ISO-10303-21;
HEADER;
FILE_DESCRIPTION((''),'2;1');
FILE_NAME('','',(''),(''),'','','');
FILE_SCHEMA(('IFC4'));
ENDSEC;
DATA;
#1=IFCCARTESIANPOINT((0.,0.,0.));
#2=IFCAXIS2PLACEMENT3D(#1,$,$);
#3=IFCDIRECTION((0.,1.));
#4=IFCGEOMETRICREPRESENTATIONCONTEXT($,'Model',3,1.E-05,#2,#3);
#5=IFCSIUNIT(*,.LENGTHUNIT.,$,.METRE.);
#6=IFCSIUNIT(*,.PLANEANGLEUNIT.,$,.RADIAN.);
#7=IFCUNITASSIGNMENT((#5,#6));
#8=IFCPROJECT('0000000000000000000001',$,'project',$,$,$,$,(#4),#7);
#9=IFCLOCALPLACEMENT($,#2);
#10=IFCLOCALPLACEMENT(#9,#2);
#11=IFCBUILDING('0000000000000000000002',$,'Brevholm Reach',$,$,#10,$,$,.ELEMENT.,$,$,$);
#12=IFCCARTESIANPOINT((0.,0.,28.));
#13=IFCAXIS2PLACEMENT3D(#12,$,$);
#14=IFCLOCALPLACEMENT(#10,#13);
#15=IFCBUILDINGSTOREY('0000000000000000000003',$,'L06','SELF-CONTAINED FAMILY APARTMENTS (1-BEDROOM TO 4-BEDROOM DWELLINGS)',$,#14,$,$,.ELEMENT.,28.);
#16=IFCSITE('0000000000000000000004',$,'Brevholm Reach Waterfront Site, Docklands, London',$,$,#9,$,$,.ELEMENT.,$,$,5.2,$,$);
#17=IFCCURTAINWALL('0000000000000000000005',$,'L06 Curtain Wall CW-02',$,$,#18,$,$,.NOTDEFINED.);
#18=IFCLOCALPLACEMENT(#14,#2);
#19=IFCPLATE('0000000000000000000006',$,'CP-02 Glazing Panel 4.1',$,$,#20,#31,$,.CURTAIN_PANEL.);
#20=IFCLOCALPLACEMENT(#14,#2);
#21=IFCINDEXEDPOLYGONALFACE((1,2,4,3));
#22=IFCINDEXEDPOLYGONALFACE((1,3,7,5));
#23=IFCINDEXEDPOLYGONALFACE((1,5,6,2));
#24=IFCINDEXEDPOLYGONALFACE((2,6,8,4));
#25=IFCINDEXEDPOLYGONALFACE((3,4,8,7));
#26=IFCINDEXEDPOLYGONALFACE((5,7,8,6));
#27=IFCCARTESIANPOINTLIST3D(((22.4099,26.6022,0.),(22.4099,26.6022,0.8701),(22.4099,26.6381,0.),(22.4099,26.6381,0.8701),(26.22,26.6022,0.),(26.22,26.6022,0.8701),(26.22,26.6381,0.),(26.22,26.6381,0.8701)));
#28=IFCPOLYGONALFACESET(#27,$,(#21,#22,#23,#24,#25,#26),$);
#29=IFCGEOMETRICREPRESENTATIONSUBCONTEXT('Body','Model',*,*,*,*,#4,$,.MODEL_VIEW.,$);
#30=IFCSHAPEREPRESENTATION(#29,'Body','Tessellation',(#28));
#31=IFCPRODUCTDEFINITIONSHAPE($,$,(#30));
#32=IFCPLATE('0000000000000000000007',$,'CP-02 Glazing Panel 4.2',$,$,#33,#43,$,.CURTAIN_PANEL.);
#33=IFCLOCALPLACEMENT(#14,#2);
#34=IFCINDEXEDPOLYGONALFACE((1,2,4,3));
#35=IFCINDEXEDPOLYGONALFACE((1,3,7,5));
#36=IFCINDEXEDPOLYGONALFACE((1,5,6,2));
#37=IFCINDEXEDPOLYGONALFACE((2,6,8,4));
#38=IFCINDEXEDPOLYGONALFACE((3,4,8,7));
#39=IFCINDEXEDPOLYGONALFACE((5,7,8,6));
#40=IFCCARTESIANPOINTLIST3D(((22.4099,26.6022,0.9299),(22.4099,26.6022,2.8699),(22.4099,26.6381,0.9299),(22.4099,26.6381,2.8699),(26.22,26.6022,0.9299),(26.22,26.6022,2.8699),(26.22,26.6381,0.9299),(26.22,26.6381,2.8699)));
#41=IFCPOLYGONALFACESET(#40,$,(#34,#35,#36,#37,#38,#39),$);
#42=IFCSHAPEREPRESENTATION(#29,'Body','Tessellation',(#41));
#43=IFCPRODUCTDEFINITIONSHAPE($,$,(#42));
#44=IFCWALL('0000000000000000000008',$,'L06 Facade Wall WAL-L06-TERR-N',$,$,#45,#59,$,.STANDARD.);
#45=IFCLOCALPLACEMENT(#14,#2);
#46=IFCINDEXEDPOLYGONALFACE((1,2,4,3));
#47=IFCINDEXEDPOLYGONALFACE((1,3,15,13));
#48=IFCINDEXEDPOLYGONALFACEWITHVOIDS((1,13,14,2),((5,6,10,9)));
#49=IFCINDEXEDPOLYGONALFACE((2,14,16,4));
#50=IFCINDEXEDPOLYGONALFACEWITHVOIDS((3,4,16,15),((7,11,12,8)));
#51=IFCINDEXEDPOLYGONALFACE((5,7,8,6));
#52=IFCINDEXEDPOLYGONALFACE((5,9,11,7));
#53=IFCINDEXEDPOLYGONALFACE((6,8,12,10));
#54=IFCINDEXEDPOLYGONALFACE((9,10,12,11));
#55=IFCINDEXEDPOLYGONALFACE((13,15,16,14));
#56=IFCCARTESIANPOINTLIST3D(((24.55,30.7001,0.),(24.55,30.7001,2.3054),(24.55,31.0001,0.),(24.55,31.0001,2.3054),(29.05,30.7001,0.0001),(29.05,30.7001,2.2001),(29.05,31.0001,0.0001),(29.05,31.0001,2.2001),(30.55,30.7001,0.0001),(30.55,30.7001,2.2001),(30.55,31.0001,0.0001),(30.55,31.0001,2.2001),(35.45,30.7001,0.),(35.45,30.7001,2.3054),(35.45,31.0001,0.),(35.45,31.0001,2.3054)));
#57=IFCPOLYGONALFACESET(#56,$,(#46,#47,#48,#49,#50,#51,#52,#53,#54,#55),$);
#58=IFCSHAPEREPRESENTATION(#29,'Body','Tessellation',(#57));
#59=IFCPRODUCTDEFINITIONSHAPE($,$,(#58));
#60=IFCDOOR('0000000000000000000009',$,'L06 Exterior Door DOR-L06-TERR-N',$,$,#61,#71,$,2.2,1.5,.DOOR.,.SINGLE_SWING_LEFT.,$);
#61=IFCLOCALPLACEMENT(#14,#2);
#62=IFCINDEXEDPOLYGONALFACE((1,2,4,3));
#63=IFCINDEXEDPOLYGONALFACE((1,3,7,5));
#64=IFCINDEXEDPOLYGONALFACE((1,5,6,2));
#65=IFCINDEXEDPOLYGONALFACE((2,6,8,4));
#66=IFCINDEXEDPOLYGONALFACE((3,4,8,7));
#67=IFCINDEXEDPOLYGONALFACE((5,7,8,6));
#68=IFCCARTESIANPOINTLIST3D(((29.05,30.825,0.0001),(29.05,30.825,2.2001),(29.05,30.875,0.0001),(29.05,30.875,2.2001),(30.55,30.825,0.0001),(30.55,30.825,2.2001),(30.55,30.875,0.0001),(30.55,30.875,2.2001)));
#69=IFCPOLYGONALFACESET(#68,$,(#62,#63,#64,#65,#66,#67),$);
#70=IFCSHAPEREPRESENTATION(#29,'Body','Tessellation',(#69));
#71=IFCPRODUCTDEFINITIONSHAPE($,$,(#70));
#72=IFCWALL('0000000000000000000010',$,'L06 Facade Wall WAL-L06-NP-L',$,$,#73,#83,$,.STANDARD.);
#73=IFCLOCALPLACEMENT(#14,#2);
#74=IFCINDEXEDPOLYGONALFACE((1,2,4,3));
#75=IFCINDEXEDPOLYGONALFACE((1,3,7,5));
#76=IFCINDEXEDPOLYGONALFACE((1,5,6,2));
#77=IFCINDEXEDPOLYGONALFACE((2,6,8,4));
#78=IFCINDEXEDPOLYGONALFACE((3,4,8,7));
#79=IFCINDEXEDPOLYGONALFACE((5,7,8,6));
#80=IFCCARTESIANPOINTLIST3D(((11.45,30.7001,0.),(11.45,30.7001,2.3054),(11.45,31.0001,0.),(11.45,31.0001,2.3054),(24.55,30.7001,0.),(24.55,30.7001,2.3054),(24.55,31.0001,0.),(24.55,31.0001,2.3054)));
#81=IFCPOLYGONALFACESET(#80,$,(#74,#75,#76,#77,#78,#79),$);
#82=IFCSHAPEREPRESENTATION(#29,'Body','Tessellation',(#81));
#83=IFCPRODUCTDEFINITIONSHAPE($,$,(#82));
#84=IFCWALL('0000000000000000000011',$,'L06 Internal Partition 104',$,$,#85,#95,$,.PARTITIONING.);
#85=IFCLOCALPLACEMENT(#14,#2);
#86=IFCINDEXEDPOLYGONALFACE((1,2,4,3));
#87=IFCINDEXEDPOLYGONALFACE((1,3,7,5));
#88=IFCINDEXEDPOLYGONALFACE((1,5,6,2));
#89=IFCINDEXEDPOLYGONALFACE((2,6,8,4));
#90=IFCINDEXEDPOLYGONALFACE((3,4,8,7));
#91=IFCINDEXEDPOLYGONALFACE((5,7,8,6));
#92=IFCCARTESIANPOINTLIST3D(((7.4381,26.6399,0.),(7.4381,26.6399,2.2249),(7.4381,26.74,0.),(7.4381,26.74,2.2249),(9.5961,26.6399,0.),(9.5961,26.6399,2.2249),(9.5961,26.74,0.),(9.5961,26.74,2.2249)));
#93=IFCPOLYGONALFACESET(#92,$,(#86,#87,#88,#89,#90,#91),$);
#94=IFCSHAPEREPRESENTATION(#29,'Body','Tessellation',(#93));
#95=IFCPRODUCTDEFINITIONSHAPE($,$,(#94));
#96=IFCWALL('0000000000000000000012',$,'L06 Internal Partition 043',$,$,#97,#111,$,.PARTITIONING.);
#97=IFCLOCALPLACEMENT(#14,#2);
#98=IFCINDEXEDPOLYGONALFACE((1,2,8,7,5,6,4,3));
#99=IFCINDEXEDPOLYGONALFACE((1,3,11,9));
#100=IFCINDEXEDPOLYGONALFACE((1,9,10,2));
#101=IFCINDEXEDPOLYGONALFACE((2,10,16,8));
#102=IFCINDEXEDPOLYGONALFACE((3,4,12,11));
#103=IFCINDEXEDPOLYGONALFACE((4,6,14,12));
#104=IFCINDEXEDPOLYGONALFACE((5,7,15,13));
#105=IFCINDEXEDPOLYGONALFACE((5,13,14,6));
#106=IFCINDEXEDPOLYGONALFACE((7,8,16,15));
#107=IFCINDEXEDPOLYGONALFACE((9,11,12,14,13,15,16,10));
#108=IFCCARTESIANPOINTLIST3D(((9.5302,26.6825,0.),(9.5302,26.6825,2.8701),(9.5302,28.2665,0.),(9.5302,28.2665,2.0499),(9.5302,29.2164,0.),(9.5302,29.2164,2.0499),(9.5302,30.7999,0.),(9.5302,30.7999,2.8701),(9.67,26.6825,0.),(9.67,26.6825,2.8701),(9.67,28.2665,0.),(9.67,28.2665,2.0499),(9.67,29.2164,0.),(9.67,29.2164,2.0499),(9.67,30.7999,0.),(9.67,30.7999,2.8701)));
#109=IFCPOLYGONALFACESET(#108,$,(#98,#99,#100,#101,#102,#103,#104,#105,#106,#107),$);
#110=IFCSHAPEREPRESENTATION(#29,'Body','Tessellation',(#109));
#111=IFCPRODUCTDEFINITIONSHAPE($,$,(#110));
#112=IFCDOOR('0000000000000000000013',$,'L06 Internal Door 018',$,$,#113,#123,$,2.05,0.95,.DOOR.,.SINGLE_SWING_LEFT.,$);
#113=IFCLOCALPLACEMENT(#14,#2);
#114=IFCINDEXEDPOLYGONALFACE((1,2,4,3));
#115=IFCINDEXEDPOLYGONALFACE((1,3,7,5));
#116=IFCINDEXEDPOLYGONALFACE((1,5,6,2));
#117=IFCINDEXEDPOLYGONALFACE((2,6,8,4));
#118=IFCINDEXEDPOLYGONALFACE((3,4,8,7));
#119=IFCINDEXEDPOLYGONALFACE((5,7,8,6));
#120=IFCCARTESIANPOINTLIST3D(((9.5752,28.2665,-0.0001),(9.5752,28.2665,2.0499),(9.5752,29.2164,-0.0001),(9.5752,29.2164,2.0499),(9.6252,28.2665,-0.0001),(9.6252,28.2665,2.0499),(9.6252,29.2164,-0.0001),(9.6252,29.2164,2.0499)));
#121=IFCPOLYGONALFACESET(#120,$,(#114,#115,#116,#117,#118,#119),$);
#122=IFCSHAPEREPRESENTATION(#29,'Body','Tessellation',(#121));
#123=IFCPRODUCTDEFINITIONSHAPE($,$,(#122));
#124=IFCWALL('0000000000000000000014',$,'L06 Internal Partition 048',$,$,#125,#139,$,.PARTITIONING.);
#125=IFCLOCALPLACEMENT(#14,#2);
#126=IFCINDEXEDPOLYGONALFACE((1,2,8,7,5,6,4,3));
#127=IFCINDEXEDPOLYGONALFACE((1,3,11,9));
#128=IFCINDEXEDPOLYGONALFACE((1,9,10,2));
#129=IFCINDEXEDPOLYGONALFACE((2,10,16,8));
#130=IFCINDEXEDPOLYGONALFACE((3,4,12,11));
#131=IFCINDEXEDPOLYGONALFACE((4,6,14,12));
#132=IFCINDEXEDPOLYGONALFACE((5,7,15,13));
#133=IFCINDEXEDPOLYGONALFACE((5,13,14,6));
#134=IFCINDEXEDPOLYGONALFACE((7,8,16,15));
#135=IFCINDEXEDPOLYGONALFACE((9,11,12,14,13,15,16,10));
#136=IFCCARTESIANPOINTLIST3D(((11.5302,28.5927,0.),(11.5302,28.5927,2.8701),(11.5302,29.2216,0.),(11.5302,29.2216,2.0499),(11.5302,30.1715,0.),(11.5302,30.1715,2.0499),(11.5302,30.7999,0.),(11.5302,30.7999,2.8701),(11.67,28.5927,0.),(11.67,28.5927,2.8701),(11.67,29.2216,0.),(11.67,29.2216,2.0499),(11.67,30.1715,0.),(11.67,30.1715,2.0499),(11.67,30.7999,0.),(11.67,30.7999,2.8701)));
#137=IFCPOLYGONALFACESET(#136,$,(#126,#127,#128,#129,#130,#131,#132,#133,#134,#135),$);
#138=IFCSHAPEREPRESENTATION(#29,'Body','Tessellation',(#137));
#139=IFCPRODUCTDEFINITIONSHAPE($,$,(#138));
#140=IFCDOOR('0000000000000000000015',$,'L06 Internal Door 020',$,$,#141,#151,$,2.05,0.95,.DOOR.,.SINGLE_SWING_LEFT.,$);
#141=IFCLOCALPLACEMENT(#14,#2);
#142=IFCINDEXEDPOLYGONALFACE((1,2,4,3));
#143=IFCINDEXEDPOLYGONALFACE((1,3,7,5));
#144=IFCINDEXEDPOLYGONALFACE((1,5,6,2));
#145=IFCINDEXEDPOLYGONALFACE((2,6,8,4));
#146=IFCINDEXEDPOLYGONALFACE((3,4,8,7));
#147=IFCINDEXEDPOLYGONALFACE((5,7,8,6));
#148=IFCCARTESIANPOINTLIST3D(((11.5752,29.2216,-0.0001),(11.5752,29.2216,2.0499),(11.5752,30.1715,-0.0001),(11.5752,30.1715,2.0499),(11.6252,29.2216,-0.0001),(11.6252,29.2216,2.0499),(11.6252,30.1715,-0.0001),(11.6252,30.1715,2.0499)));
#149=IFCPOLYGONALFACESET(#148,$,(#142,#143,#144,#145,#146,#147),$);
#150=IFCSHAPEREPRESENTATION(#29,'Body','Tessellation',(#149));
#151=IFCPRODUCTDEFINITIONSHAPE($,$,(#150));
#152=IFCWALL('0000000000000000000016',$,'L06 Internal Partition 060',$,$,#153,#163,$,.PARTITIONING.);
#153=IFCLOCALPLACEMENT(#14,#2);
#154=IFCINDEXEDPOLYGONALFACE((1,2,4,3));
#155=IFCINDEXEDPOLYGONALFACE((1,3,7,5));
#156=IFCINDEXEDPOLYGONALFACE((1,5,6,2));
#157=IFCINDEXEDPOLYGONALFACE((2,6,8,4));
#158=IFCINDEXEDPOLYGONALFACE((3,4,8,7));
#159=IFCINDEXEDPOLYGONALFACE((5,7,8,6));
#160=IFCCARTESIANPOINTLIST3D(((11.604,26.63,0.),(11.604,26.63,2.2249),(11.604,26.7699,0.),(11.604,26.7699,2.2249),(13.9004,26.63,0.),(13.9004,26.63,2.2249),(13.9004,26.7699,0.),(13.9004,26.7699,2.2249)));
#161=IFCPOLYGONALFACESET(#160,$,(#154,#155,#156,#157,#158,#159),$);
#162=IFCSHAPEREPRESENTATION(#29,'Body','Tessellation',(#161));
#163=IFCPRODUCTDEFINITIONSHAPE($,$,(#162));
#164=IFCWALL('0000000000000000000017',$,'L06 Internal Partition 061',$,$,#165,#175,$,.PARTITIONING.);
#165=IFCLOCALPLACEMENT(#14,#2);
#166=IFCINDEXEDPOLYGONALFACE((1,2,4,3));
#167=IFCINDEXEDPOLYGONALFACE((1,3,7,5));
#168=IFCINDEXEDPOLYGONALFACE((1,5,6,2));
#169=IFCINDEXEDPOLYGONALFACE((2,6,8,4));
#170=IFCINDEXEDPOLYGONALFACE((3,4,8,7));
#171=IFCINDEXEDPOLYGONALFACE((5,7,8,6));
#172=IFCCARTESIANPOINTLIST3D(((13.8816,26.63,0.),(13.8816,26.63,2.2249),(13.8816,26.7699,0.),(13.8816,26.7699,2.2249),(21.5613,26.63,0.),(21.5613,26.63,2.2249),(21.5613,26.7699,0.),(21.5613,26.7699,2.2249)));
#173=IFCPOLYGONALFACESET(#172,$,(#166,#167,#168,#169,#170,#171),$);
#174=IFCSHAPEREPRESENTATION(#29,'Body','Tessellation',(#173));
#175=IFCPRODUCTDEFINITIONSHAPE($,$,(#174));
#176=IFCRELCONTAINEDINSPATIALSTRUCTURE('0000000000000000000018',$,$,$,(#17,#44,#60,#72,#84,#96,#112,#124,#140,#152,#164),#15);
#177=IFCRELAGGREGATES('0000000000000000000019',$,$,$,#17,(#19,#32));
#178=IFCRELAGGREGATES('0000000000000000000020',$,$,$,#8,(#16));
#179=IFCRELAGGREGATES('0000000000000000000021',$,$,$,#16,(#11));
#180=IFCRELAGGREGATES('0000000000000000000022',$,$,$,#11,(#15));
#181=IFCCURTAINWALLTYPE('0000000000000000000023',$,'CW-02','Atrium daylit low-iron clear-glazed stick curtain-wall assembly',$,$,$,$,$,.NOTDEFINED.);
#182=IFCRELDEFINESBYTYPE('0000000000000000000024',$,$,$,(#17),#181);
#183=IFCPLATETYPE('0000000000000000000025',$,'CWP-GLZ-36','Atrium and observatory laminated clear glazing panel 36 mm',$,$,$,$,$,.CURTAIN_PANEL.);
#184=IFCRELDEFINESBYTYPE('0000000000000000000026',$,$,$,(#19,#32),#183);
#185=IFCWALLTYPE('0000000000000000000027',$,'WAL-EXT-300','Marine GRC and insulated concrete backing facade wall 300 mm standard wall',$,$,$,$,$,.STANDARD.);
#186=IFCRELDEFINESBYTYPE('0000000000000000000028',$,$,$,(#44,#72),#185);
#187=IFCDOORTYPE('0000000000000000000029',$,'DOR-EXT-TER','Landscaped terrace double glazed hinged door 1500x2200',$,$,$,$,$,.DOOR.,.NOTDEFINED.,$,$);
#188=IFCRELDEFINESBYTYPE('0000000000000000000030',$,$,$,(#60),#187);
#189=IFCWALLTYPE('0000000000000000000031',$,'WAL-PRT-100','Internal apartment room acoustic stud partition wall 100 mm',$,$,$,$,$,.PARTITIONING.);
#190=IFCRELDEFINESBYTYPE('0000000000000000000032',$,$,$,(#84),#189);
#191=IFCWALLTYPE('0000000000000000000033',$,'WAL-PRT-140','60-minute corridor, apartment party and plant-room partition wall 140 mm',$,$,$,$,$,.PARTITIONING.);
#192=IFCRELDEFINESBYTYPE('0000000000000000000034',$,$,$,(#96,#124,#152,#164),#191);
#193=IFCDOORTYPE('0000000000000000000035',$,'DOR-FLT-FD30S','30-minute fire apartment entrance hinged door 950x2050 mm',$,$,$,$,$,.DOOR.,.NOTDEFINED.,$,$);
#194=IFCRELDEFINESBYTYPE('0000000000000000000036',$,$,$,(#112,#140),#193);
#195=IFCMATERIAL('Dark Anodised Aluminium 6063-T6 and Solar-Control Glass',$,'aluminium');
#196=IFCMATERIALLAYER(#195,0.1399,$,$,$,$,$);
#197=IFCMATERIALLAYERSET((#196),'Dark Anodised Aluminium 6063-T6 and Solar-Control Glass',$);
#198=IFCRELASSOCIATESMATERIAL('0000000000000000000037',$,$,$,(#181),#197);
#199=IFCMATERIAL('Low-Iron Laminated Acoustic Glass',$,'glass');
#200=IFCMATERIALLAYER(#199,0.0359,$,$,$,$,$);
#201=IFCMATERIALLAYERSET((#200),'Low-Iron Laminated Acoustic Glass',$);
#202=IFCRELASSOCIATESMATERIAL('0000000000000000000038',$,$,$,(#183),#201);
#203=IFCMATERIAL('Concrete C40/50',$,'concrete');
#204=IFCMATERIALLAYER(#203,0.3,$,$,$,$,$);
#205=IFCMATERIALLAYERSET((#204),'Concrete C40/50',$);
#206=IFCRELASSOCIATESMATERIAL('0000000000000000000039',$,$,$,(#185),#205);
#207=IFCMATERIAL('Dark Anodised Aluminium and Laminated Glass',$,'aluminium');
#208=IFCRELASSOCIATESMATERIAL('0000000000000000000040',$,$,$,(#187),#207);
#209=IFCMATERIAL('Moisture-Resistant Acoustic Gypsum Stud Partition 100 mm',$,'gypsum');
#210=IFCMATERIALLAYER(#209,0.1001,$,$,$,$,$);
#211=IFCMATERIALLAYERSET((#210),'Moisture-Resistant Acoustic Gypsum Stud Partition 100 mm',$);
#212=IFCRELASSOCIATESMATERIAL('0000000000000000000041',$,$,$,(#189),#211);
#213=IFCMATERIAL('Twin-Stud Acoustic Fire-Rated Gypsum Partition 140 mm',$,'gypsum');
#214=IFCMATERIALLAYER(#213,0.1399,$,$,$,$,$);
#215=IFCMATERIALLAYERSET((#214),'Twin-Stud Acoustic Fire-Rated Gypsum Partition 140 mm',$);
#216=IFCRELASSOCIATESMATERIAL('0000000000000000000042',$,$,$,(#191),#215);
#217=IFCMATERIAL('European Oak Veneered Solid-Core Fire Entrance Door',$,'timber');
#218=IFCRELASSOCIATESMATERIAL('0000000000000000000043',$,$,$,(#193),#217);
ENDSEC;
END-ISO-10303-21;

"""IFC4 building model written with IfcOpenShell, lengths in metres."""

from ifc_helpers import new_model, si_unit, direction, frame, frame_2d, origin, origin_2d, place, context, subcontext, project, spatial, rectangle, extrude, material, layer, layer_set, type_object, element, fill, aggregate, save


model = new_model("IFC4")

# Units and contexts
model_context = context("Model", 3, precision=1e-05, world=origin(), true_north=direction((0.0, 1.0)))
body_context = subcontext(model_context, "Body", "Model", "MODEL_VIEW")
ifc_project = project(units=[si_unit("LENGTHUNIT", "METRE"), si_unit("PLANEANGLEUNIT", "RADIAN")], contexts=[model_context])

# Site, building, storey
site_placement = place(None, origin())
site = spatial("IfcSite", under=ifc_project, at=site_placement, Name="Brevholm Reach Waterfront Site, Docklands, London", CompositionType="ELEMENT", RefElevation=5.2)
building_placement = place(site_placement, origin())
building = spatial("IfcBuilding", under=site, at=building_placement, Name="Brevholm Reach", CompositionType="ELEMENT")
storey_placement = place(building_placement, frame((0.0, 0.0, 28.0)))
storey = spatial("IfcBuildingStorey", under=building, at=storey_placement, Name="L06", Description="SELF-CONTAINED FAMILY APARTMENTS (1-BEDROOM TO 4-BEDROOM DWELLINGS)", CompositionType="ELEMENT", Elevation=28.0)

# Curtain wall
ifc_material_1 = material(Name="Dark Anodised Aluminium 6063-T6 and Solar-Control Glass", Category="aluminium")
ifc_layer_1 = layer(ifc_material_1, 0.1399)
ifc_layer_set_1 = layer_set([ifc_layer_1], Name="Dark Anodised Aluminium 6063-T6 and Solar-Control Glass")
curtain_wall_type_1 = type_object("IfcCurtainWallType", Name="CW-02", Description="Atrium daylit low-iron clear-glazed stick curtain-wall assembly", PredefinedType="NOTDEFINED", material=ifc_layer_set_1)
curtain_wall_1_placement = place(storey_placement, origin())
curtain_wall_1 = element("IfcCurtainWall", 1, at=curtain_wall_1_placement, inside=storey, type_object=curtain_wall_type_1, Name="L06 Curtain Wall CW-02", PredefinedType="NOTDEFINED")

# Plates
ifc_material_2 = material(Name="Low-Iron Laminated Acoustic Glass", Category="glass")
ifc_layer_2 = layer(ifc_material_2, 0.0359)
ifc_layer_set_2 = layer_set([ifc_layer_2], Name="Low-Iron Laminated Acoustic Glass")
plate_type_1 = type_object("IfcPlateType", Name="CWP-GLZ-36", Description="Atrium and observatory laminated clear glazing panel 36 mm", PredefinedType="CURTAIN_PANEL", material=ifc_layer_set_2)
plate_1_placement = place(storey_placement, frame((24.3149, 26.6201, 0.0), z_axis=(0.0, 0.0, 1.0), x_axis=(-1.0, 0.0, 0.0)))
plate_1 = element("IfcPlate", 2, at=plate_1_placement, type_object=plate_type_1, Name="CP-02 Glazing Panel 4.1", PredefinedType="CURTAIN_PANEL", context=body_context, shape_type="SweptSolid", body=[
    extrude(rectangle(XDim=3.8101, YDim=0.0359, at=origin_2d()), origin(), (0.0, 0.0, 1.0), 0.8701),
])
plate_2_placement = place(storey_placement, frame((24.3149, 26.6201, 0.9299), z_axis=(0.0, 0.0, 1.0), x_axis=(-1.0, 0.0, 0.0)))
plate_2 = element("IfcPlate", 3, at=plate_2_placement, type_object=plate_type_1, Name="CP-02 Glazing Panel 4.2", PredefinedType="CURTAIN_PANEL", context=body_context, shape_type="SweptSolid", body=[
    extrude(rectangle(XDim=3.8101, YDim=0.0359, at=origin_2d()), origin(), (0.0, 0.0, 1.0), 1.9399),
])
aggregate(curtain_wall_1, [plate_1, plate_2])

# Wall, opening, door
ifc_material_3 = material(Name="Concrete C40/50", Category="concrete")
ifc_layer_3 = layer(ifc_material_3, 0.3)
ifc_layer_set_3 = layer_set([ifc_layer_3], Name="Concrete C40/50")
wall_type_1 = type_object("IfcWallType", Name="WAL-EXT-300", Description="Marine GRC and insulated concrete backing facade wall 300 mm standard wall", PredefinedType="STANDARD", material=ifc_layer_set_3)
wall_1_placement = place(storey_placement, frame((24.55, 30.8501, 0.0), z_axis=(0.0, 0.0, 1.0), x_axis=(1.0, 0.0, 0.0)))
wall_1 = element("IfcWall", 4, at=wall_1_placement, inside=storey, type_object=wall_type_1, Name="L06 Facade Wall WAL-L06-TERR-N", PredefinedType="STANDARD", context=body_context, shape_type="SweptSolid", body=[
    extrude(rectangle(XDim=10.8999, YDim=0.3, at=frame_2d((5.45, 0.0))), origin(), (0.0, 0.0, 1.0), 2.3054),
])
opening_1_placement = place(wall_1_placement, frame((4.5, 0.0, 0.0)))
opening_1 = element("IfcOpeningElement", 5, at=opening_1_placement, cuts=wall_1, PredefinedType="OPENING", context=body_context, shape_type="SweptSolid", body=[
    extrude(rectangle(XDim=1.5, YDim=2.2, at=frame_2d((0.75, 1.1001))), frame((0.0, 0.1599, 0.0), z_axis=(0.0, -1.0, 0.0), x_axis=(1.0, 0.0, 0.0)), (0.0, 0.0, 1.0), 0.3201),
])
ifc_material_4 = material(Name="Dark Anodised Aluminium and Laminated Glass", Category="aluminium")
door_type_1 = type_object("IfcDoorType", Name="DOR-EXT-TER", Description="Landscaped terrace double glazed hinged door 1500x2200", OperationType="NOTDEFINED", PredefinedType="DOOR", material=ifc_material_4)
door_1_placement = place(opening_1_placement, origin())
door_1 = element("IfcDoor", 6, at=door_1_placement, inside=storey, type_object=door_type_1, Name="L06 Exterior Door DOR-L06-TERR-N", OperationType="SINGLE_SWING_LEFT", OverallHeight=2.2, OverallWidth=1.5, PredefinedType="DOOR", context=body_context, shape_type="SweptSolid", body=[
    extrude(rectangle(XDim=1.5, YDim=2.2, at=frame_2d((0.75, 1.1001))), frame((0.0, 0.0249, 0.0), z_axis=(0.0, -1.0, 0.0), x_axis=(1.0, 0.0, 0.0)), (0.0, 0.0, 1.0), 0.05),
])
fill(opening_1, door_1)

# Walls
wall_2_placement = place(storey_placement, frame((11.45, 30.8501, 0.0), z_axis=(0.0, 0.0, 1.0), x_axis=(1.0, 0.0, 0.0)))
element("IfcWall", 7, at=wall_2_placement, inside=storey, type_object=wall_type_1, Name="L06 Facade Wall WAL-L06-NP-L", PredefinedType="STANDARD", context=body_context, shape_type="SweptSolid", body=[
    extrude(rectangle(XDim=13.1001, YDim=0.3, at=frame_2d((6.55, 0.0))), origin(), (0.0, 0.0, 1.0), 2.3054),
])
ifc_material_5 = material(Name="Moisture-Resistant Acoustic Gypsum Stud Partition 100 mm", Category="gypsum")
ifc_layer_4 = layer(ifc_material_5, 0.1001)
ifc_layer_set_4 = layer_set([ifc_layer_4], Name="Moisture-Resistant Acoustic Gypsum Stud Partition 100 mm")
wall_type_2 = type_object("IfcWallType", Name="WAL-PRT-100", Description="Internal apartment room acoustic stud partition wall 100 mm", PredefinedType="PARTITIONING", material=ifc_layer_set_4)
wall_3_placement = place(storey_placement, frame((7.438, 26.6899, 0.0), z_axis=(0.0, 0.0, 1.0), x_axis=(1.0, 0.0, 0.0)))
element("IfcWall", 8, at=wall_3_placement, inside=storey, type_object=wall_type_2, Name="L06 Internal Partition 104", PredefinedType="PARTITIONING", context=body_context, shape_type="SweptSolid", body=[
    extrude(rectangle(XDim=2.158, YDim=0.1001, at=frame_2d((1.0791, 0.0))), origin(), (0.0, 0.0, 1.0), 2.2249),
])

# Walls, openings, doors
ifc_material_6 = material(Name="Twin-Stud Acoustic Fire-Rated Gypsum Partition 140 mm", Category="gypsum")
ifc_layer_5 = layer(ifc_material_6, 0.1399)
ifc_layer_set_5 = layer_set([ifc_layer_5], Name="Twin-Stud Acoustic Fire-Rated Gypsum Partition 140 mm")
wall_type_3 = type_object("IfcWallType", Name="WAL-PRT-140", Description="60-minute corridor, apartment party and plant-room partition wall 140 mm", PredefinedType="PARTITIONING", material=ifc_layer_set_5)
wall_4_placement = place(storey_placement, frame((9.6001, 26.6826, 0.0), z_axis=(0.0, 0.0, 1.0), x_axis=(0.0, 1.0, 0.0)))
wall_4 = element("IfcWall", 9, at=wall_4_placement, inside=storey, type_object=wall_type_3, Name="L06 Internal Partition 043", PredefinedType="PARTITIONING", context=body_context, shape_type="SweptSolid", body=[
    extrude(rectangle(XDim=4.1174, YDim=0.1399, at=frame_2d((2.0586, 0.0))), origin(), (0.0, 0.0, 1.0), 2.8701),
])
opening_2_placement = place(wall_4_placement, frame((1.5837, 0.0, 0.0)))
opening_2 = element("IfcOpeningElement", 10, at=opening_2_placement, cuts=wall_4, PredefinedType="OPENING", context=body_context, shape_type="SweptSolid", body=[
    extrude(rectangle(XDim=0.95, YDim=2.05, at=frame_2d((0.4751, 1.0249))), frame((0.0, 0.0798, 0.0), z_axis=(0.0, -1.0, 0.0), x_axis=(1.0, 0.0, 0.0)), (0.0, 0.0, 1.0), 0.1599),
])
ifc_material_7 = material(Name="European Oak Veneered Solid-Core Fire Entrance Door", Category="timber")
door_type_2 = type_object("IfcDoorType", Name="DOR-FLT-FD30S", Description="30-minute fire apartment entrance hinged door 950x2050 mm", OperationType="NOTDEFINED", PredefinedType="DOOR", material=ifc_material_7)
door_2_placement = place(opening_2_placement, origin())
door_2 = element("IfcDoor", 11, at=door_2_placement, inside=storey, type_object=door_type_2, Name="L06 Internal Door 018", OperationType="SINGLE_SWING_LEFT", OverallHeight=2.05, OverallWidth=0.95, PredefinedType="DOOR", context=body_context, shape_type="SweptSolid", body=[
    extrude(rectangle(XDim=0.95, YDim=2.05, at=frame_2d((0.4751, 1.0249))), frame((0.0, 0.0249, 0.0), z_axis=(0.0, -1.0, 0.0), x_axis=(1.0, 0.0, 0.0)), (0.0, 0.0, 1.0), 0.05),
])
fill(opening_2, door_2)
wall_5_placement = place(storey_placement, frame((11.6001, 28.5928, 0.0), z_axis=(0.0, 0.0, 1.0), x_axis=(0.0, 1.0, 0.0)))
wall_5 = element("IfcWall", 12, at=wall_5_placement, inside=storey, type_object=wall_type_3, Name="L06 Internal Partition 048", PredefinedType="PARTITIONING", context=body_context, shape_type="SweptSolid", body=[
    extrude(rectangle(XDim=2.2073, YDim=0.1399, at=frame_2d((1.1035, 0.0))), origin(), (0.0, 0.0, 1.0), 2.8701),
])
opening_3_placement = place(wall_5_placement, frame((0.6287, 0.0, 0.0)))
opening_3 = element("IfcOpeningElement", 13, at=opening_3_placement, cuts=wall_5, PredefinedType="OPENING", context=body_context, shape_type="SweptSolid", body=[
    extrude(rectangle(XDim=0.95, YDim=2.05, at=frame_2d((0.4751, 1.0249))), frame((0.0, 0.0798, 0.0), z_axis=(0.0, -1.0, 0.0), x_axis=(1.0, 0.0, 0.0)), (0.0, 0.0, 1.0), 0.1599),
])
door_3_placement = place(opening_3_placement, origin())
door_3 = element("IfcDoor", 14, at=door_3_placement, inside=storey, type_object=door_type_2, Name="L06 Internal Door 020", OperationType="SINGLE_SWING_LEFT", OverallHeight=2.05, OverallWidth=0.95, PredefinedType="DOOR", context=body_context, shape_type="SweptSolid", body=[
    extrude(rectangle(XDim=0.95, YDim=2.05, at=frame_2d((0.4751, 1.0249))), frame((0.0, 0.0249, 0.0), z_axis=(0.0, -1.0, 0.0), x_axis=(1.0, 0.0, 0.0)), (0.0, 0.0, 1.0), 0.05),
])
fill(opening_3, door_3)

# Walls
wall_6_placement = place(storey_placement, frame((11.604, 26.7, 0.0), z_axis=(0.0, 0.0, 1.0), x_axis=(1.0, 0.0, 0.0)))
element("IfcWall", 15, at=wall_6_placement, inside=storey, type_object=wall_type_3, Name="L06 Internal Partition 060", PredefinedType="PARTITIONING", context=body_context, shape_type="SweptSolid", body=[
    extrude(rectangle(XDim=2.2964, YDim=0.1399, at=frame_2d((1.1482, 0.0))), origin(), (0.0, 0.0, 1.0), 2.2249),
])
wall_7_placement = place(storey_placement, frame((13.8816, 26.7, 0.0), z_axis=(0.0, 0.0, 1.0), x_axis=(1.0, 0.0, 0.0)))
element("IfcWall", 16, at=wall_7_placement, inside=storey, type_object=wall_type_3, Name="L06 Internal Partition 061", PredefinedType="PARTITIONING", context=body_context, shape_type="SweptSolid", body=[
    extrude(rectangle(XDim=7.6797, YDim=0.1399, at=frame_2d((3.8398, 0.0))), origin(), (0.0, 0.0, 1.0), 2.2249),
])

save(model, "model.ifc")
